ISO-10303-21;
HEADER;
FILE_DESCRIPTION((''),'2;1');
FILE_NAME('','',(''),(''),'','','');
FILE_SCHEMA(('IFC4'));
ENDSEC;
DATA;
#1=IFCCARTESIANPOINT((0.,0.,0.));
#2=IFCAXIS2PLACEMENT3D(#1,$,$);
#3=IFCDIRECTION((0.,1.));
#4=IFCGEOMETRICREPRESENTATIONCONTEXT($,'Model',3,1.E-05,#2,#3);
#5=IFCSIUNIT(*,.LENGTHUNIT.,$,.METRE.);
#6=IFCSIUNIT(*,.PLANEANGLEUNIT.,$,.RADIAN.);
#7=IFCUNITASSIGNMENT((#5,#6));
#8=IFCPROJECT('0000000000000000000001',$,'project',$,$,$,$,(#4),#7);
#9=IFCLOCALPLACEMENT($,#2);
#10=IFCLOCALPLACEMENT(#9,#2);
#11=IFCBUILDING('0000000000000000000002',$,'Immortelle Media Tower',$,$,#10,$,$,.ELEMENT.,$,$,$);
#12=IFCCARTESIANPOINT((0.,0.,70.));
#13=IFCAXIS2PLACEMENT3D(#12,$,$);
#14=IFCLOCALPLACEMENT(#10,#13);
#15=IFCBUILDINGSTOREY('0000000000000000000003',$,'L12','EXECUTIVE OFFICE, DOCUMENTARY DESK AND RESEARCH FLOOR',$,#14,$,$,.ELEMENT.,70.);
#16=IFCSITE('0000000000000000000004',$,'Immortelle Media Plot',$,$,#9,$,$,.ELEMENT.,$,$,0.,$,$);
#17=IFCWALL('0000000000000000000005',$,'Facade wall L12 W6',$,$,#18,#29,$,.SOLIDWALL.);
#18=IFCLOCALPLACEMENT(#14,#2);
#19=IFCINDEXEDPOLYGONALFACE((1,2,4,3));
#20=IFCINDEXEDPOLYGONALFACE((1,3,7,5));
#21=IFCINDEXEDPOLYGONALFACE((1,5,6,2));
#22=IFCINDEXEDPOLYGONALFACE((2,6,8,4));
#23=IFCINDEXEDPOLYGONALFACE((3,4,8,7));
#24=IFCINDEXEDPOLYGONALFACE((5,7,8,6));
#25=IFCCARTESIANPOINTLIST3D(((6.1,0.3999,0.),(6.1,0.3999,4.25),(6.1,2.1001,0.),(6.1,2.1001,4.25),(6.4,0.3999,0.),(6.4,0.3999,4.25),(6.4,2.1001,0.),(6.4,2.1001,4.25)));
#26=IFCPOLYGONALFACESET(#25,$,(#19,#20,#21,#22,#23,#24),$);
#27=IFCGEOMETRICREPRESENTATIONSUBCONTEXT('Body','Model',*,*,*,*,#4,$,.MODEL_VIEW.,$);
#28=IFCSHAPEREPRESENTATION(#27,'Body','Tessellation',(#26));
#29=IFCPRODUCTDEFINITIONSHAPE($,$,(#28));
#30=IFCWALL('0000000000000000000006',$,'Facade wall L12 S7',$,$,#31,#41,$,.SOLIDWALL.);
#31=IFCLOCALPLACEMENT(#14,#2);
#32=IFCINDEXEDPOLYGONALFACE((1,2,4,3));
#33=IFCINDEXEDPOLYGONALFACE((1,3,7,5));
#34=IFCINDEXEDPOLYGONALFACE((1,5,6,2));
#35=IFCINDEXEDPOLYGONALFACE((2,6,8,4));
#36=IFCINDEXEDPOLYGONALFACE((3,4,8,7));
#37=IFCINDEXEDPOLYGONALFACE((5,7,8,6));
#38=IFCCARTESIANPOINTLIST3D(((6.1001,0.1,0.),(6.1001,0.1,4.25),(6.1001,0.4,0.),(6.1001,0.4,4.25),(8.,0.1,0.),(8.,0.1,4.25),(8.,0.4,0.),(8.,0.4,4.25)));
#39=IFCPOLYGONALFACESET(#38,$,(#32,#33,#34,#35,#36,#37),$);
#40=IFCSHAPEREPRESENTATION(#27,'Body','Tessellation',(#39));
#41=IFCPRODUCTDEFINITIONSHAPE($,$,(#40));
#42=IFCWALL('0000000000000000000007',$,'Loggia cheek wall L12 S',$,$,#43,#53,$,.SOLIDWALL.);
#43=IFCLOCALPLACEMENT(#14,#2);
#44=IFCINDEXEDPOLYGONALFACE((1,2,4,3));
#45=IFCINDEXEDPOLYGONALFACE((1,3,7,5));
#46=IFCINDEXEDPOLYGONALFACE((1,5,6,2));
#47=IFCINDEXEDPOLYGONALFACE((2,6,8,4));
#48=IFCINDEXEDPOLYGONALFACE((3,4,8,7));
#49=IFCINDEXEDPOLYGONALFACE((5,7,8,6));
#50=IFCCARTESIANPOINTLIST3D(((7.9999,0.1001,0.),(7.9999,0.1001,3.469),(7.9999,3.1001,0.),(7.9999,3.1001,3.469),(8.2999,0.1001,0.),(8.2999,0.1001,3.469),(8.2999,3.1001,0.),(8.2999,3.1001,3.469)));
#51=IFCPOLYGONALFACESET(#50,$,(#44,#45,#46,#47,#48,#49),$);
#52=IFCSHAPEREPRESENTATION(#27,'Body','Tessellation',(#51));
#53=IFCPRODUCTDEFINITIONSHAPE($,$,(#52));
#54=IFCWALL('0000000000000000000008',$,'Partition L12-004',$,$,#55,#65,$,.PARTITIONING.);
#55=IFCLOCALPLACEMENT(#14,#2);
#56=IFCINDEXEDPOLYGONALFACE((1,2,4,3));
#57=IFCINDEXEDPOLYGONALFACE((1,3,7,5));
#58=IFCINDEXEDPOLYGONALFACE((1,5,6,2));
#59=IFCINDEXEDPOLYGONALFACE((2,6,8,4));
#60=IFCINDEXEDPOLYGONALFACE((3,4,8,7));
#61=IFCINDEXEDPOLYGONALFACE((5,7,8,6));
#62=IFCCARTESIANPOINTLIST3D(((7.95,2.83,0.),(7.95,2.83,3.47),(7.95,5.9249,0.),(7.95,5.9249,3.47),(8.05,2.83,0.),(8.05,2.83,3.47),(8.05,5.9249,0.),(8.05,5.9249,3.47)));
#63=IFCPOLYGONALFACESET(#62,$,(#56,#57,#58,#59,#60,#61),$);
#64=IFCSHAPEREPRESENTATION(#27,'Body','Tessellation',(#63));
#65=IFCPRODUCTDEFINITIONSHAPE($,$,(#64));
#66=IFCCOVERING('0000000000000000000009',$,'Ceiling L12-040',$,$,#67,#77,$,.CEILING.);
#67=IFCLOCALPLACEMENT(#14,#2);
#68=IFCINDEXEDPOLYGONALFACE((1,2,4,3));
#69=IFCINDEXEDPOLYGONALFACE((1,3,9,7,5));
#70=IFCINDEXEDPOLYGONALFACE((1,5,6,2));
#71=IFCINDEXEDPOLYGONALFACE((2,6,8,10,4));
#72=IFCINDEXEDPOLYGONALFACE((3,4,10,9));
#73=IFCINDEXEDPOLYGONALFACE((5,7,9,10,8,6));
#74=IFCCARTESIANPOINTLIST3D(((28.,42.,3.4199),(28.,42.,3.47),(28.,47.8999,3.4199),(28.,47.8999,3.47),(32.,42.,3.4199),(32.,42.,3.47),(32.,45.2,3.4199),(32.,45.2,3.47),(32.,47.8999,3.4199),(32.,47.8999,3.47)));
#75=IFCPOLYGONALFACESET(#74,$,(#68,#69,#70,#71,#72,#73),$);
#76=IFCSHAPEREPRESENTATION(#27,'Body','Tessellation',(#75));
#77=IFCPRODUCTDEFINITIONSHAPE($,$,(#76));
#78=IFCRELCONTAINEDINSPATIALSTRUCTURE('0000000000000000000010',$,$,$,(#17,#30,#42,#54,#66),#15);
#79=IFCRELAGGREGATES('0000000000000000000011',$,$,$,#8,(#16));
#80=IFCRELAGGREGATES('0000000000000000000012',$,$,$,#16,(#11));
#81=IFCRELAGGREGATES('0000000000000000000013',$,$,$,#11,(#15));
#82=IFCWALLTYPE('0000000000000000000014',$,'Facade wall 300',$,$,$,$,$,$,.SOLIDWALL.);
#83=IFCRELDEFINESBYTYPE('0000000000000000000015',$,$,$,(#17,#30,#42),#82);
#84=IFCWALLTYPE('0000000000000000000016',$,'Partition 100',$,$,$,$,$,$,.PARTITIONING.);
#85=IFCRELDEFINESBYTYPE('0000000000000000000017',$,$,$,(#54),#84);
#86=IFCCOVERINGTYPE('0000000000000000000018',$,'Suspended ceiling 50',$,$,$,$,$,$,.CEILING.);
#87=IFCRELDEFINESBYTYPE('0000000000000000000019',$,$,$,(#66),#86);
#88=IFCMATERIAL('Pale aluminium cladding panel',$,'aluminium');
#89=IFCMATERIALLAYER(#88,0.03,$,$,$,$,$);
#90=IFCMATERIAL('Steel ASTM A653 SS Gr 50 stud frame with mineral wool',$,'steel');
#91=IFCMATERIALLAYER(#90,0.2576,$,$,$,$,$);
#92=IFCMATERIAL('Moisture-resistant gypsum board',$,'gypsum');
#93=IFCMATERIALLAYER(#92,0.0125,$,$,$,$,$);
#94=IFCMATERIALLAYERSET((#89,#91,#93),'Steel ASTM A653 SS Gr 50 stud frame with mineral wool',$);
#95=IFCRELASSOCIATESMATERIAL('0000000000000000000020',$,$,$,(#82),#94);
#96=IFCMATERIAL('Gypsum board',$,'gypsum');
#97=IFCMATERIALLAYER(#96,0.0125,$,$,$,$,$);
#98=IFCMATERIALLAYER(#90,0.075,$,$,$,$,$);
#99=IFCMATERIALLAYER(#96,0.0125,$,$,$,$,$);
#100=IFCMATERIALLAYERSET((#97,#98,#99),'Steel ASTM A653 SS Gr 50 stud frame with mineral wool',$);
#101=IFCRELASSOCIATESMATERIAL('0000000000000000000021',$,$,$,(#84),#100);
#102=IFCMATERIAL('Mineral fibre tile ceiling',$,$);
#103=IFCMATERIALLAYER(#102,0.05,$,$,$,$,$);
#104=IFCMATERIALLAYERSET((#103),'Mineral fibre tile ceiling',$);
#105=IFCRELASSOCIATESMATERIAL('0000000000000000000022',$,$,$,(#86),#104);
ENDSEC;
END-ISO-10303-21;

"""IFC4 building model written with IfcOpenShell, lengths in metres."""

from ifc_helpers import new_model, si_unit, direction, frame, frame_2d, origin, place, context, subcontext, project, spatial, polyline, rectangle, outline, extrude, material, layer, layer_set, type_object, element, save


model = new_model("IFC4")

# Units and contexts
model_context = context("Model", 3, precision=1e-05, world=origin(), true_north=direction((0.0, 1.0)))
body_context = subcontext(model_context, "Body", "Model", "MODEL_VIEW")
ifc_project = project(units=[si_unit("LENGTHUNIT", "METRE"), si_unit("PLANEANGLEUNIT", "RADIAN")], contexts=[model_context])

# Site, building, storey
site_placement = place(None, origin())
site = spatial("IfcSite", under=ifc_project, at=site_placement, Name="Immortelle Media Plot", CompositionType="ELEMENT", RefElevation=0.0)
building_placement = place(site_placement, origin())
building = spatial("IfcBuilding", under=site, at=building_placement, Name="Immortelle Media Tower", CompositionType="ELEMENT")
storey_placement = place(building_placement, frame((0.0, 0.0, 70.0)))
storey = spatial("IfcBuildingStorey", under=building, at=storey_placement, Name="L12", Description="EXECUTIVE OFFICE, DOCUMENTARY DESK AND RESEARCH FLOOR", CompositionType="ELEMENT", Elevation=70.0)

# Walls
ifc_material_1 = material(Name="Pale aluminium cladding panel", Category="aluminium")
ifc_layer_1 = layer(ifc_material_1, 0.03)
ifc_material_2 = material(Name="Steel ASTM A653 SS Gr 50 stud frame with mineral wool", Category="steel")
ifc_layer_2 = layer(ifc_material_2, 0.2576)
ifc_material_3 = material(Name="Moisture-resistant gypsum board", Category="gypsum")
ifc_layer_3 = layer(ifc_material_3, 0.0125)
ifc_layer_set_1 = layer_set([ifc_layer_1, ifc_layer_2, ifc_layer_3], Name="Steel ASTM A653 SS Gr 50 stud frame with mineral wool")
wall_type_1 = type_object("IfcWallType", Name="Facade wall 300", PredefinedType="SOLIDWALL", material=ifc_layer_set_1)
wall_1_placement = place(storey_placement, frame((6.25, 2.1001, 0.0), z_axis=(0.0, 0.0, 1.0), x_axis=(0.0, -1.0, 0.0)))
element("IfcWall", 1, at=wall_1_placement, inside=storey, type_object=wall_type_1, Name="Facade wall L12 W6", PredefinedType="SOLIDWALL", context=body_context, shape_type="SweptSolid", body=[
    extrude(rectangle(XDim=1.7002, YDim=0.3, at=frame_2d((0.8501, 0.0))), origin(), (0.0, 0.0, 1.0), 4.25),
])
wall_2_placement = place(storey_placement, frame((6.1001, 0.25, 0.0), z_axis=(0.0, 0.0, 1.0), x_axis=(1.0, 0.0, 0.0)))
element("IfcWall", 2, at=wall_2_placement, inside=storey, type_object=wall_type_1, Name="Facade wall L12 S7", PredefinedType="SOLIDWALL", context=body_context, shape_type="SweptSolid", body=[
    extrude(rectangle(XDim=1.8999, YDim=0.3, at=frame_2d((0.95, 0.0))), origin(), (0.0, 0.0, 1.0), 4.25),
])

# Walls
wall_3_placement = place(storey_placement, frame((8.1499, 0.1001, 0.0), z_axis=(0.0, 0.0, 1.0), x_axis=(0.0, 1.0, 0.0)))
element("IfcWall", 3, at=wall_3_placement, inside=storey, type_object=wall_type_1, Name="Loggia cheek wall L12 S", PredefinedType="SOLIDWALL", context=body_context, shape_type="SweptSolid", body=[
    extrude(rectangle(XDim=3.0, YDim=0.3, at=frame_2d((1.5, 0.0))), origin(), (0.0, 0.0, 1.0), 3.469),
])
ifc_material_4 = material(Name="Gypsum board", Category="gypsum")
ifc_layer_4 = layer(ifc_material_4, 0.0125)
ifc_layer_5 = layer(ifc_material_2, 0.075)
ifc_layer_6 = layer(ifc_material_4, 0.0125)
ifc_layer_set_2 = layer_set([ifc_layer_4, ifc_layer_5, ifc_layer_6], Name="Steel ASTM A653 SS Gr 50 stud frame with mineral wool")
wall_type_2 = type_object("IfcWallType", Name="Partition 100", PredefinedType="PARTITIONING", material=ifc_layer_set_2)
wall_4_placement = place(storey_placement, frame((8.0, 2.8301, 0.0), z_axis=(0.0, 0.0, 1.0), x_axis=(0.0, 1.0, 0.0)))
element("IfcWall", 4, at=wall_4_placement, inside=storey, type_object=wall_type_2, Name="Partition L12-004", PredefinedType="PARTITIONING", context=body_context, shape_type="SweptSolid", body=[
    extrude(rectangle(XDim=3.095, YDim=0.1001, at=frame_2d((1.5474, 0.0))), origin(), (0.0, 0.0, 1.0), 3.47),
])

# Covering
ifc_material_5 = material(Name="Mineral fibre tile ceiling")
ifc_layer_7 = layer(ifc_material_5, 0.05)
ifc_layer_set_3 = layer_set([ifc_layer_7], Name="Mineral fibre tile ceiling")
covering_type = type_object("IfcCoveringType", Name="Suspended ceiling 50", PredefinedType="CEILING", material=ifc_layer_set_3)
covering_placement = place(storey_placement, frame((0.0, 0.0, 3.4199)))
element("IfcCovering", 5, at=covering_placement, inside=storey, type_object=covering_type, Name="Ceiling L12-040", PredefinedType="CEILING", context=body_context, shape_type="SweptSolid", body=[
    extrude(outline(polyline([(32.0, 47.8999), (32.0, 45.2), (32.0, 42.0), (28.0, 42.0), (28.0, 47.8999), (32.0, 47.8999)])), origin(), (0.0, 0.0, 1.0), 0.05),
])

save(model, "model.ifc")
